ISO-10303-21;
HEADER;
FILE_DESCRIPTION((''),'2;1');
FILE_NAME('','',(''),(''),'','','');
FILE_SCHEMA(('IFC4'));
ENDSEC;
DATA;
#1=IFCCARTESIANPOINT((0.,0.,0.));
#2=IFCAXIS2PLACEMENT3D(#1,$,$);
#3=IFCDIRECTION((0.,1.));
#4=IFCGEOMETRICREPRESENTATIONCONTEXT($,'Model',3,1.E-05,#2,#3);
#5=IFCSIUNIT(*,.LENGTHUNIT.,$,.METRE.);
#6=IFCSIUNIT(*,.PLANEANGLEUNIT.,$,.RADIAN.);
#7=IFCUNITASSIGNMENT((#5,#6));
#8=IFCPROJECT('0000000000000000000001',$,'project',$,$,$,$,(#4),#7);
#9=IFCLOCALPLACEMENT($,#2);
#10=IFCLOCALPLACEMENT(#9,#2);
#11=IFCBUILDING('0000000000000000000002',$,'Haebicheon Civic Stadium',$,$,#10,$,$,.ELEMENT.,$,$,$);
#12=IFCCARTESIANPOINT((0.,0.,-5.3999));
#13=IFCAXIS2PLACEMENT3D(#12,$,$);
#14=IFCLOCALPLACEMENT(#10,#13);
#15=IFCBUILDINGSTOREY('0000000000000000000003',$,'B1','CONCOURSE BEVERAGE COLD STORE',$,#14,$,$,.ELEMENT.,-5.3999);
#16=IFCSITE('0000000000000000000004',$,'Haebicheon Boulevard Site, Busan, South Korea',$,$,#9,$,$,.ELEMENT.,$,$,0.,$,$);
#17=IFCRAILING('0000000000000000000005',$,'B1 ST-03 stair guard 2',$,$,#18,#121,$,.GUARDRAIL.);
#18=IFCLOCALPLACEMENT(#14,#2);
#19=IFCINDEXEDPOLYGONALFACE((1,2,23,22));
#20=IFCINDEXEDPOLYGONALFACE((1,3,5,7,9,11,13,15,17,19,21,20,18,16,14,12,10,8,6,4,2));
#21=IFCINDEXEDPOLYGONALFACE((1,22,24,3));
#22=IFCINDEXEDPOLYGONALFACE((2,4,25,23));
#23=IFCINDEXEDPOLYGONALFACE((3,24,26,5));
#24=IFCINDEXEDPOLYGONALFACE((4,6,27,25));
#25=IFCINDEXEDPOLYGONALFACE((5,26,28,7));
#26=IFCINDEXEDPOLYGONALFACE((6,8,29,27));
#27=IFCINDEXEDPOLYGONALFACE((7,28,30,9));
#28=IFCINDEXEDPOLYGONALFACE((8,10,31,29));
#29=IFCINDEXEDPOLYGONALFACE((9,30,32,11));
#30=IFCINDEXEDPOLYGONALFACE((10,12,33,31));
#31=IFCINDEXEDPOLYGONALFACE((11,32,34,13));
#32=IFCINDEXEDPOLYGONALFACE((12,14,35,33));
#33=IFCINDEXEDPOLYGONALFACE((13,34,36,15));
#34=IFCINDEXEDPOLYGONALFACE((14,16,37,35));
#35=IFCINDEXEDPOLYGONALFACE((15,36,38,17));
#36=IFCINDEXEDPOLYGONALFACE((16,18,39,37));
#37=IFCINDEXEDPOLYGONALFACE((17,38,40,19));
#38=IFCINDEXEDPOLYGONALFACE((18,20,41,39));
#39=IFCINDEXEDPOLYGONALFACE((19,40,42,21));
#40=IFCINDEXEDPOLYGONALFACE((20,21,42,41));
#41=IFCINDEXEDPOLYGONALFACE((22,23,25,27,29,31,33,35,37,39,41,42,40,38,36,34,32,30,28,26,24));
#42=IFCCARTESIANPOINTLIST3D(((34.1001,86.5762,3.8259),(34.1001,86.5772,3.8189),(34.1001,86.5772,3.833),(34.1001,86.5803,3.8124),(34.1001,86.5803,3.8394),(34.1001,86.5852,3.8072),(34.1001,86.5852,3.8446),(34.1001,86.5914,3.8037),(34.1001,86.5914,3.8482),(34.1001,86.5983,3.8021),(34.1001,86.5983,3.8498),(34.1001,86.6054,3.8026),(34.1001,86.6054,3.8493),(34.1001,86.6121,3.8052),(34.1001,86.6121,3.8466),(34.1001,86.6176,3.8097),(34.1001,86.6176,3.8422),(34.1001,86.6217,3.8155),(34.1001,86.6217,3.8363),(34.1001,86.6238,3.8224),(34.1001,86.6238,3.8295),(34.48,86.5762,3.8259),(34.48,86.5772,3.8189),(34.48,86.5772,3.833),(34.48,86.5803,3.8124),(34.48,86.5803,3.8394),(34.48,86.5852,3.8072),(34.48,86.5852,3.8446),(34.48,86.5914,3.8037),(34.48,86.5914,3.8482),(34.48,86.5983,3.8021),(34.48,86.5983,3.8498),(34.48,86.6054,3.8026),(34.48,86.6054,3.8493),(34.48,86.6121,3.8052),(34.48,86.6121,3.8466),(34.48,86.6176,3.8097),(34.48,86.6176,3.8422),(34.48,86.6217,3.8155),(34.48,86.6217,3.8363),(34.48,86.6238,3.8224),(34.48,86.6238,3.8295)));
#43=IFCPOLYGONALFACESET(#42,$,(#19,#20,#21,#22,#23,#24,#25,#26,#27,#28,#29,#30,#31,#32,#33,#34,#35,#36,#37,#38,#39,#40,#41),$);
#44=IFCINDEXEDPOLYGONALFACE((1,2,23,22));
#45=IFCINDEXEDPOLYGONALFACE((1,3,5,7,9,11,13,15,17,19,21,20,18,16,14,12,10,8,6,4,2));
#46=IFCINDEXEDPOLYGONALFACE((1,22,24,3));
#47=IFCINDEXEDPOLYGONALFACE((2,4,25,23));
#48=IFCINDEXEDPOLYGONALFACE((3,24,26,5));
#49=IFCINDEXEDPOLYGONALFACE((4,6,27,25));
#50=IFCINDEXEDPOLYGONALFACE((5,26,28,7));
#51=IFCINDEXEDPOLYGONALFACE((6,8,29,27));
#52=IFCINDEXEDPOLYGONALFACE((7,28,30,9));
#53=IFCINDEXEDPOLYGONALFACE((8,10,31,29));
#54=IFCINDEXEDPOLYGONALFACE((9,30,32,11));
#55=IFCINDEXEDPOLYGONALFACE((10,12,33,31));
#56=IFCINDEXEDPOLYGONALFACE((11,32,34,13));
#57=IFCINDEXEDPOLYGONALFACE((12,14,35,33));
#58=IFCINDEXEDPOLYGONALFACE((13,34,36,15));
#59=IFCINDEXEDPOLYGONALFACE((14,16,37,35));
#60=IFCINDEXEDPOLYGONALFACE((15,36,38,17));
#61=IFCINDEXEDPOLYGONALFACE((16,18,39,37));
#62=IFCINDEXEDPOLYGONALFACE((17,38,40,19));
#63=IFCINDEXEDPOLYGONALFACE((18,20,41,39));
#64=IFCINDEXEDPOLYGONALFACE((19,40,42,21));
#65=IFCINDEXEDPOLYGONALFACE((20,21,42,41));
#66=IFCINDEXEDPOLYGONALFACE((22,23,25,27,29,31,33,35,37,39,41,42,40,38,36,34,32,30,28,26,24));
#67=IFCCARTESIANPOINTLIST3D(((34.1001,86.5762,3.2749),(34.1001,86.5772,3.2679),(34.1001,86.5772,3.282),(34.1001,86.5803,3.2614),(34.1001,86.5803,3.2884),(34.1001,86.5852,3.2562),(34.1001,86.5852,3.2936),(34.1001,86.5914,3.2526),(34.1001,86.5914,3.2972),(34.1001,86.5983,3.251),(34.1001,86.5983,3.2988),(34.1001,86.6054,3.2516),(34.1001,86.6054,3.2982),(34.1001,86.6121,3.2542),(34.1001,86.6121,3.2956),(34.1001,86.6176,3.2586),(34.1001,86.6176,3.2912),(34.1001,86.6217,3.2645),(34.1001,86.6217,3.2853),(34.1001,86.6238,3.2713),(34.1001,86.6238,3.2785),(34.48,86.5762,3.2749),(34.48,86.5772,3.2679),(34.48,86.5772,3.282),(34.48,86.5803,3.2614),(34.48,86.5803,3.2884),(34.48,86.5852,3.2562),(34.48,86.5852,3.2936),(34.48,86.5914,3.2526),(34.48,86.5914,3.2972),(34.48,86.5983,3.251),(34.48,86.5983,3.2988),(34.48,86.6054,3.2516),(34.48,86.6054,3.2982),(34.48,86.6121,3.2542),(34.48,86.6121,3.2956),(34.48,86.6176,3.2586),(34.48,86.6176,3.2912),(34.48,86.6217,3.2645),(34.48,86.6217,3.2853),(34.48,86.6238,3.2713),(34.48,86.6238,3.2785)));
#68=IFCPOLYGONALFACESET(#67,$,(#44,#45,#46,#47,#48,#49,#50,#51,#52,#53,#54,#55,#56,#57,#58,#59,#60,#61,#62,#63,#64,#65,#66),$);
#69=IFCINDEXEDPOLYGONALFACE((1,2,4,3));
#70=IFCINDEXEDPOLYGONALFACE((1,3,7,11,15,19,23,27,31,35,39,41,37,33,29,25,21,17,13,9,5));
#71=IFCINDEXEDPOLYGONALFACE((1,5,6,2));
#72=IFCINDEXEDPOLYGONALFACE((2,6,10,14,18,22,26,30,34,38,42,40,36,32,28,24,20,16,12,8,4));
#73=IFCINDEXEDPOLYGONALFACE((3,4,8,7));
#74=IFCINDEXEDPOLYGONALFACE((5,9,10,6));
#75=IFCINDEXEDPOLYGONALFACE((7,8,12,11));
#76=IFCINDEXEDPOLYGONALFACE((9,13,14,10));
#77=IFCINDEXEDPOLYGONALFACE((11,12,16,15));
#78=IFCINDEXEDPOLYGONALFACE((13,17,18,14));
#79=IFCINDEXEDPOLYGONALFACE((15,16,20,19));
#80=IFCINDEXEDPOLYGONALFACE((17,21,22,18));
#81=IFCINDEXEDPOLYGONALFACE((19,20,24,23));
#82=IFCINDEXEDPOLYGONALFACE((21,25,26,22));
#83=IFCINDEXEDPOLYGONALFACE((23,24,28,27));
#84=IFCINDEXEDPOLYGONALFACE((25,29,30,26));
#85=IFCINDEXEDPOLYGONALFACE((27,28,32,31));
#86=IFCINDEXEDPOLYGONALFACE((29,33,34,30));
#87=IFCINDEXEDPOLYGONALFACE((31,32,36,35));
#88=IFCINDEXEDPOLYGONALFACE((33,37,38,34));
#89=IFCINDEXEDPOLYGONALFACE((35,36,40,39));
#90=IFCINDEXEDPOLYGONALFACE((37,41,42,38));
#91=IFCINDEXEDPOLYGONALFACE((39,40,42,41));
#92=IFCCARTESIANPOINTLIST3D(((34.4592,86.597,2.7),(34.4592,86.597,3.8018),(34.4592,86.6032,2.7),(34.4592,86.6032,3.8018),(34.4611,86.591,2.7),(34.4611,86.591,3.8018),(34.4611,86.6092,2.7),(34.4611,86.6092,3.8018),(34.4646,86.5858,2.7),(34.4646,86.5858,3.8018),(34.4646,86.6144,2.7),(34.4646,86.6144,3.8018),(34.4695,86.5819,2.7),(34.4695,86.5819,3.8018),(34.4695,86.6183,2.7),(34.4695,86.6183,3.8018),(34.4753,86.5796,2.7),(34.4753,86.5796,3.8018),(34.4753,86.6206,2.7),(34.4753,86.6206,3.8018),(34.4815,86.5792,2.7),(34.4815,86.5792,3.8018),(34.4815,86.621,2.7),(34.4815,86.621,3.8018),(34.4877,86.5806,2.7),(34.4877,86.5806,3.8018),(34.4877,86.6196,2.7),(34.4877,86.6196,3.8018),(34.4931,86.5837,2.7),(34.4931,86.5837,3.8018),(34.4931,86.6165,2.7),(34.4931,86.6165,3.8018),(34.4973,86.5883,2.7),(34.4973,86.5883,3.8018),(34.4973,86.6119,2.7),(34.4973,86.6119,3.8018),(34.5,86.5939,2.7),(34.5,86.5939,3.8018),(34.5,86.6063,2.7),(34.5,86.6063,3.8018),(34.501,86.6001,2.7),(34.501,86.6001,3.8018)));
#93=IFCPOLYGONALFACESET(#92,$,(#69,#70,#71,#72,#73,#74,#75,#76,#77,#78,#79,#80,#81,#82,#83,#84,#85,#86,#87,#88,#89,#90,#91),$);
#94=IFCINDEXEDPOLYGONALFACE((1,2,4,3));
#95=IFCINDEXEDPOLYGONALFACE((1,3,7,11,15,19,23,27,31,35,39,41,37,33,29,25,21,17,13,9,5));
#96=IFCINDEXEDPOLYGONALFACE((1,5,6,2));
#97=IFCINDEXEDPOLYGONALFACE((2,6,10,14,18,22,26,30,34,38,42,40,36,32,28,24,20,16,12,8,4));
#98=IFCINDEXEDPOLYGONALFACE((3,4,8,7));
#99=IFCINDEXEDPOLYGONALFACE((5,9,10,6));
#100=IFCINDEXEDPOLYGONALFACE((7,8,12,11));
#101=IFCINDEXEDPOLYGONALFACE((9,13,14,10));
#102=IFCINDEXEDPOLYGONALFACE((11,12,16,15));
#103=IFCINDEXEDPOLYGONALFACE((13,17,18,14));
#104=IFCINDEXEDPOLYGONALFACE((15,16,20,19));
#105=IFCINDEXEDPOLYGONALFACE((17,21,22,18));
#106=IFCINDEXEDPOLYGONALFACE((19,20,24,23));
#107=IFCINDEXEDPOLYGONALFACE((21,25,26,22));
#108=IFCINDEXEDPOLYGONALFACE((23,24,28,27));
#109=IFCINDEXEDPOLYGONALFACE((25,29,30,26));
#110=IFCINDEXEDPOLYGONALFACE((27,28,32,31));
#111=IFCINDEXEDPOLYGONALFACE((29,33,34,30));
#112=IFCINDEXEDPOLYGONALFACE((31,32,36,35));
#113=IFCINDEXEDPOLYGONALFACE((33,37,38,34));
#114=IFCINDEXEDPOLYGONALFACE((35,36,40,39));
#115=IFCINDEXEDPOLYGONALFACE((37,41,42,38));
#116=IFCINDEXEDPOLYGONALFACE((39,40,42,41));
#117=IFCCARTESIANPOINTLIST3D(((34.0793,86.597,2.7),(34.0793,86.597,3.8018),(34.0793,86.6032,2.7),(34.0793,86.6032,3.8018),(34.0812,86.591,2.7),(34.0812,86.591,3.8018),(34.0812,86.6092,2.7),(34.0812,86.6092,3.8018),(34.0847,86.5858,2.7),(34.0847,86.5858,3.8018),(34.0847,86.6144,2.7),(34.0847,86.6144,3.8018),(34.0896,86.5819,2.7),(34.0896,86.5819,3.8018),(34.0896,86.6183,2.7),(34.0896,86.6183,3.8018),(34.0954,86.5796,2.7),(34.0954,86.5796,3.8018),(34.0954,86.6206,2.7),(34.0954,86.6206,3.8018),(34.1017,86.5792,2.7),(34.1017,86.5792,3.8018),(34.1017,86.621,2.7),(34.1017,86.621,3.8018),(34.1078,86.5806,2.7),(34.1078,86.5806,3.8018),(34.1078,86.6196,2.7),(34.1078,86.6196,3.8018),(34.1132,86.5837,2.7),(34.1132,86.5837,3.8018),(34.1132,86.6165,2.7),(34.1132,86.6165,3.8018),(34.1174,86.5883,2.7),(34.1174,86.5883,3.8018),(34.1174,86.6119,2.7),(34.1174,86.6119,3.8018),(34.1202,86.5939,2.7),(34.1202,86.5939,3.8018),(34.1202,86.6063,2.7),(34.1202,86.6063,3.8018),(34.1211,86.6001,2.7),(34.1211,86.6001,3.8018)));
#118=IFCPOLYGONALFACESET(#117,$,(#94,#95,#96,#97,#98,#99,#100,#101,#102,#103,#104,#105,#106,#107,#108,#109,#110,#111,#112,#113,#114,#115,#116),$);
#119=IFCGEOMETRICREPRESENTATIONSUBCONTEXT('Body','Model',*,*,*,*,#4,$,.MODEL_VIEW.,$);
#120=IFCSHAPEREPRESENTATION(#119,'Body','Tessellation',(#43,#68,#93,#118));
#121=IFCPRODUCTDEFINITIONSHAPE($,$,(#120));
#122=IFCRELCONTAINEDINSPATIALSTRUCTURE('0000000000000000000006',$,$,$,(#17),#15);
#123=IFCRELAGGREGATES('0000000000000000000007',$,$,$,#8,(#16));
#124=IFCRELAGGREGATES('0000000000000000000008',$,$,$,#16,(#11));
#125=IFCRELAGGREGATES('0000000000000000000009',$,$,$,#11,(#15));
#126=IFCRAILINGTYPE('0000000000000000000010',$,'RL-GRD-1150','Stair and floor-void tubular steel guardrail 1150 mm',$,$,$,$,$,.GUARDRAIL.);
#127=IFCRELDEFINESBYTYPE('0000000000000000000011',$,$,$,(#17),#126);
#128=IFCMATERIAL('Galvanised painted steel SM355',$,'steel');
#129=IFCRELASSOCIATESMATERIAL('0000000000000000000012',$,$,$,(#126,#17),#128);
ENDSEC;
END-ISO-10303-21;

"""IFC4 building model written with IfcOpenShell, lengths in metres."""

from ifc_helpers import new_model, si_unit, direction, frame, origin, origin_2d, place, context, subcontext, project, spatial, circle, extrude, material, type_object, element, save


model = new_model("IFC4")

# Units and contexts
model_context = context("Model", 3, precision=1e-05, world=origin(), true_north=direction((0.0, 1.0)))
body_context = subcontext(model_context, "Body", "Model", "MODEL_VIEW")
ifc_project = project(units=[si_unit("LENGTHUNIT", "METRE"), si_unit("PLANEANGLEUNIT", "RADIAN")], contexts=[model_context])

# Site, building, storey
site_placement = place(None, origin())
site = spatial("IfcSite", under=ifc_project, at=site_placement, Name="Haebicheon Boulevard Site, Busan, South Korea", CompositionType="ELEMENT", RefElevation=0.0)
building_placement = place(site_placement, origin())
building = spatial("IfcBuilding", under=site, at=building_placement, Name="Haebicheon Civic Stadium", CompositionType="ELEMENT")
storey_placement = place(building_placement, frame((0.0, 0.0, -5.3999)))
storey = spatial("IfcBuildingStorey", under=building, at=storey_placement, Name="B1", Description="CONCOURSE BEVERAGE COLD STORE", CompositionType="ELEMENT", Elevation=-5.3999)

# Railing
ifc_material_1 = material(Name="Galvanised painted steel SM355", Category="steel")
railing_type_1 = type_object("IfcRailingType", Name="RL-GRD-1150", Description="Stair and floor-void tubular steel guardrail 1150 mm", PredefinedType="GUARDRAIL", material=ifc_material_1)
railing_1_placement = place(storey_placement, frame((34.48, 86.6001, 2.7)))
element("IfcRailing", 1, at=railing_1_placement, inside=storey, type_object=railing_type_1, material=ifc_material_1, Name="B1 ST-03 stair guard 2", PredefinedType="GUARDRAIL", context=body_context, shape_type="SweptSolid", body=[
    extrude(circle(Radius=0.0239, at=origin_2d()), frame((0.0, 0.0, 1.126), z_axis=(-1.0, 0.0, 0.0), x_axis=(0.0, -1.0, 0.0)), (0.0, 0.0, 1.0), 0.3799),
    extrude(circle(Radius=0.0239, at=origin_2d()), frame((0.0, 0.0, 0.575), z_axis=(-1.0, 0.0, 0.0), x_axis=(0.0, -1.0, 0.0)), (0.0, 0.0, 1.0), 0.3799),
    extrude(circle(Radius=0.021, at=origin_2d()), origin(), (0.0, 0.0, 1.0), 1.1018),
    extrude(circle(Radius=0.021, at=origin_2d()), frame((-0.3799, 0.0, 0.0)), (0.0, 0.0, 1.0), 1.1018),
])

save(model, "model.ifc")
